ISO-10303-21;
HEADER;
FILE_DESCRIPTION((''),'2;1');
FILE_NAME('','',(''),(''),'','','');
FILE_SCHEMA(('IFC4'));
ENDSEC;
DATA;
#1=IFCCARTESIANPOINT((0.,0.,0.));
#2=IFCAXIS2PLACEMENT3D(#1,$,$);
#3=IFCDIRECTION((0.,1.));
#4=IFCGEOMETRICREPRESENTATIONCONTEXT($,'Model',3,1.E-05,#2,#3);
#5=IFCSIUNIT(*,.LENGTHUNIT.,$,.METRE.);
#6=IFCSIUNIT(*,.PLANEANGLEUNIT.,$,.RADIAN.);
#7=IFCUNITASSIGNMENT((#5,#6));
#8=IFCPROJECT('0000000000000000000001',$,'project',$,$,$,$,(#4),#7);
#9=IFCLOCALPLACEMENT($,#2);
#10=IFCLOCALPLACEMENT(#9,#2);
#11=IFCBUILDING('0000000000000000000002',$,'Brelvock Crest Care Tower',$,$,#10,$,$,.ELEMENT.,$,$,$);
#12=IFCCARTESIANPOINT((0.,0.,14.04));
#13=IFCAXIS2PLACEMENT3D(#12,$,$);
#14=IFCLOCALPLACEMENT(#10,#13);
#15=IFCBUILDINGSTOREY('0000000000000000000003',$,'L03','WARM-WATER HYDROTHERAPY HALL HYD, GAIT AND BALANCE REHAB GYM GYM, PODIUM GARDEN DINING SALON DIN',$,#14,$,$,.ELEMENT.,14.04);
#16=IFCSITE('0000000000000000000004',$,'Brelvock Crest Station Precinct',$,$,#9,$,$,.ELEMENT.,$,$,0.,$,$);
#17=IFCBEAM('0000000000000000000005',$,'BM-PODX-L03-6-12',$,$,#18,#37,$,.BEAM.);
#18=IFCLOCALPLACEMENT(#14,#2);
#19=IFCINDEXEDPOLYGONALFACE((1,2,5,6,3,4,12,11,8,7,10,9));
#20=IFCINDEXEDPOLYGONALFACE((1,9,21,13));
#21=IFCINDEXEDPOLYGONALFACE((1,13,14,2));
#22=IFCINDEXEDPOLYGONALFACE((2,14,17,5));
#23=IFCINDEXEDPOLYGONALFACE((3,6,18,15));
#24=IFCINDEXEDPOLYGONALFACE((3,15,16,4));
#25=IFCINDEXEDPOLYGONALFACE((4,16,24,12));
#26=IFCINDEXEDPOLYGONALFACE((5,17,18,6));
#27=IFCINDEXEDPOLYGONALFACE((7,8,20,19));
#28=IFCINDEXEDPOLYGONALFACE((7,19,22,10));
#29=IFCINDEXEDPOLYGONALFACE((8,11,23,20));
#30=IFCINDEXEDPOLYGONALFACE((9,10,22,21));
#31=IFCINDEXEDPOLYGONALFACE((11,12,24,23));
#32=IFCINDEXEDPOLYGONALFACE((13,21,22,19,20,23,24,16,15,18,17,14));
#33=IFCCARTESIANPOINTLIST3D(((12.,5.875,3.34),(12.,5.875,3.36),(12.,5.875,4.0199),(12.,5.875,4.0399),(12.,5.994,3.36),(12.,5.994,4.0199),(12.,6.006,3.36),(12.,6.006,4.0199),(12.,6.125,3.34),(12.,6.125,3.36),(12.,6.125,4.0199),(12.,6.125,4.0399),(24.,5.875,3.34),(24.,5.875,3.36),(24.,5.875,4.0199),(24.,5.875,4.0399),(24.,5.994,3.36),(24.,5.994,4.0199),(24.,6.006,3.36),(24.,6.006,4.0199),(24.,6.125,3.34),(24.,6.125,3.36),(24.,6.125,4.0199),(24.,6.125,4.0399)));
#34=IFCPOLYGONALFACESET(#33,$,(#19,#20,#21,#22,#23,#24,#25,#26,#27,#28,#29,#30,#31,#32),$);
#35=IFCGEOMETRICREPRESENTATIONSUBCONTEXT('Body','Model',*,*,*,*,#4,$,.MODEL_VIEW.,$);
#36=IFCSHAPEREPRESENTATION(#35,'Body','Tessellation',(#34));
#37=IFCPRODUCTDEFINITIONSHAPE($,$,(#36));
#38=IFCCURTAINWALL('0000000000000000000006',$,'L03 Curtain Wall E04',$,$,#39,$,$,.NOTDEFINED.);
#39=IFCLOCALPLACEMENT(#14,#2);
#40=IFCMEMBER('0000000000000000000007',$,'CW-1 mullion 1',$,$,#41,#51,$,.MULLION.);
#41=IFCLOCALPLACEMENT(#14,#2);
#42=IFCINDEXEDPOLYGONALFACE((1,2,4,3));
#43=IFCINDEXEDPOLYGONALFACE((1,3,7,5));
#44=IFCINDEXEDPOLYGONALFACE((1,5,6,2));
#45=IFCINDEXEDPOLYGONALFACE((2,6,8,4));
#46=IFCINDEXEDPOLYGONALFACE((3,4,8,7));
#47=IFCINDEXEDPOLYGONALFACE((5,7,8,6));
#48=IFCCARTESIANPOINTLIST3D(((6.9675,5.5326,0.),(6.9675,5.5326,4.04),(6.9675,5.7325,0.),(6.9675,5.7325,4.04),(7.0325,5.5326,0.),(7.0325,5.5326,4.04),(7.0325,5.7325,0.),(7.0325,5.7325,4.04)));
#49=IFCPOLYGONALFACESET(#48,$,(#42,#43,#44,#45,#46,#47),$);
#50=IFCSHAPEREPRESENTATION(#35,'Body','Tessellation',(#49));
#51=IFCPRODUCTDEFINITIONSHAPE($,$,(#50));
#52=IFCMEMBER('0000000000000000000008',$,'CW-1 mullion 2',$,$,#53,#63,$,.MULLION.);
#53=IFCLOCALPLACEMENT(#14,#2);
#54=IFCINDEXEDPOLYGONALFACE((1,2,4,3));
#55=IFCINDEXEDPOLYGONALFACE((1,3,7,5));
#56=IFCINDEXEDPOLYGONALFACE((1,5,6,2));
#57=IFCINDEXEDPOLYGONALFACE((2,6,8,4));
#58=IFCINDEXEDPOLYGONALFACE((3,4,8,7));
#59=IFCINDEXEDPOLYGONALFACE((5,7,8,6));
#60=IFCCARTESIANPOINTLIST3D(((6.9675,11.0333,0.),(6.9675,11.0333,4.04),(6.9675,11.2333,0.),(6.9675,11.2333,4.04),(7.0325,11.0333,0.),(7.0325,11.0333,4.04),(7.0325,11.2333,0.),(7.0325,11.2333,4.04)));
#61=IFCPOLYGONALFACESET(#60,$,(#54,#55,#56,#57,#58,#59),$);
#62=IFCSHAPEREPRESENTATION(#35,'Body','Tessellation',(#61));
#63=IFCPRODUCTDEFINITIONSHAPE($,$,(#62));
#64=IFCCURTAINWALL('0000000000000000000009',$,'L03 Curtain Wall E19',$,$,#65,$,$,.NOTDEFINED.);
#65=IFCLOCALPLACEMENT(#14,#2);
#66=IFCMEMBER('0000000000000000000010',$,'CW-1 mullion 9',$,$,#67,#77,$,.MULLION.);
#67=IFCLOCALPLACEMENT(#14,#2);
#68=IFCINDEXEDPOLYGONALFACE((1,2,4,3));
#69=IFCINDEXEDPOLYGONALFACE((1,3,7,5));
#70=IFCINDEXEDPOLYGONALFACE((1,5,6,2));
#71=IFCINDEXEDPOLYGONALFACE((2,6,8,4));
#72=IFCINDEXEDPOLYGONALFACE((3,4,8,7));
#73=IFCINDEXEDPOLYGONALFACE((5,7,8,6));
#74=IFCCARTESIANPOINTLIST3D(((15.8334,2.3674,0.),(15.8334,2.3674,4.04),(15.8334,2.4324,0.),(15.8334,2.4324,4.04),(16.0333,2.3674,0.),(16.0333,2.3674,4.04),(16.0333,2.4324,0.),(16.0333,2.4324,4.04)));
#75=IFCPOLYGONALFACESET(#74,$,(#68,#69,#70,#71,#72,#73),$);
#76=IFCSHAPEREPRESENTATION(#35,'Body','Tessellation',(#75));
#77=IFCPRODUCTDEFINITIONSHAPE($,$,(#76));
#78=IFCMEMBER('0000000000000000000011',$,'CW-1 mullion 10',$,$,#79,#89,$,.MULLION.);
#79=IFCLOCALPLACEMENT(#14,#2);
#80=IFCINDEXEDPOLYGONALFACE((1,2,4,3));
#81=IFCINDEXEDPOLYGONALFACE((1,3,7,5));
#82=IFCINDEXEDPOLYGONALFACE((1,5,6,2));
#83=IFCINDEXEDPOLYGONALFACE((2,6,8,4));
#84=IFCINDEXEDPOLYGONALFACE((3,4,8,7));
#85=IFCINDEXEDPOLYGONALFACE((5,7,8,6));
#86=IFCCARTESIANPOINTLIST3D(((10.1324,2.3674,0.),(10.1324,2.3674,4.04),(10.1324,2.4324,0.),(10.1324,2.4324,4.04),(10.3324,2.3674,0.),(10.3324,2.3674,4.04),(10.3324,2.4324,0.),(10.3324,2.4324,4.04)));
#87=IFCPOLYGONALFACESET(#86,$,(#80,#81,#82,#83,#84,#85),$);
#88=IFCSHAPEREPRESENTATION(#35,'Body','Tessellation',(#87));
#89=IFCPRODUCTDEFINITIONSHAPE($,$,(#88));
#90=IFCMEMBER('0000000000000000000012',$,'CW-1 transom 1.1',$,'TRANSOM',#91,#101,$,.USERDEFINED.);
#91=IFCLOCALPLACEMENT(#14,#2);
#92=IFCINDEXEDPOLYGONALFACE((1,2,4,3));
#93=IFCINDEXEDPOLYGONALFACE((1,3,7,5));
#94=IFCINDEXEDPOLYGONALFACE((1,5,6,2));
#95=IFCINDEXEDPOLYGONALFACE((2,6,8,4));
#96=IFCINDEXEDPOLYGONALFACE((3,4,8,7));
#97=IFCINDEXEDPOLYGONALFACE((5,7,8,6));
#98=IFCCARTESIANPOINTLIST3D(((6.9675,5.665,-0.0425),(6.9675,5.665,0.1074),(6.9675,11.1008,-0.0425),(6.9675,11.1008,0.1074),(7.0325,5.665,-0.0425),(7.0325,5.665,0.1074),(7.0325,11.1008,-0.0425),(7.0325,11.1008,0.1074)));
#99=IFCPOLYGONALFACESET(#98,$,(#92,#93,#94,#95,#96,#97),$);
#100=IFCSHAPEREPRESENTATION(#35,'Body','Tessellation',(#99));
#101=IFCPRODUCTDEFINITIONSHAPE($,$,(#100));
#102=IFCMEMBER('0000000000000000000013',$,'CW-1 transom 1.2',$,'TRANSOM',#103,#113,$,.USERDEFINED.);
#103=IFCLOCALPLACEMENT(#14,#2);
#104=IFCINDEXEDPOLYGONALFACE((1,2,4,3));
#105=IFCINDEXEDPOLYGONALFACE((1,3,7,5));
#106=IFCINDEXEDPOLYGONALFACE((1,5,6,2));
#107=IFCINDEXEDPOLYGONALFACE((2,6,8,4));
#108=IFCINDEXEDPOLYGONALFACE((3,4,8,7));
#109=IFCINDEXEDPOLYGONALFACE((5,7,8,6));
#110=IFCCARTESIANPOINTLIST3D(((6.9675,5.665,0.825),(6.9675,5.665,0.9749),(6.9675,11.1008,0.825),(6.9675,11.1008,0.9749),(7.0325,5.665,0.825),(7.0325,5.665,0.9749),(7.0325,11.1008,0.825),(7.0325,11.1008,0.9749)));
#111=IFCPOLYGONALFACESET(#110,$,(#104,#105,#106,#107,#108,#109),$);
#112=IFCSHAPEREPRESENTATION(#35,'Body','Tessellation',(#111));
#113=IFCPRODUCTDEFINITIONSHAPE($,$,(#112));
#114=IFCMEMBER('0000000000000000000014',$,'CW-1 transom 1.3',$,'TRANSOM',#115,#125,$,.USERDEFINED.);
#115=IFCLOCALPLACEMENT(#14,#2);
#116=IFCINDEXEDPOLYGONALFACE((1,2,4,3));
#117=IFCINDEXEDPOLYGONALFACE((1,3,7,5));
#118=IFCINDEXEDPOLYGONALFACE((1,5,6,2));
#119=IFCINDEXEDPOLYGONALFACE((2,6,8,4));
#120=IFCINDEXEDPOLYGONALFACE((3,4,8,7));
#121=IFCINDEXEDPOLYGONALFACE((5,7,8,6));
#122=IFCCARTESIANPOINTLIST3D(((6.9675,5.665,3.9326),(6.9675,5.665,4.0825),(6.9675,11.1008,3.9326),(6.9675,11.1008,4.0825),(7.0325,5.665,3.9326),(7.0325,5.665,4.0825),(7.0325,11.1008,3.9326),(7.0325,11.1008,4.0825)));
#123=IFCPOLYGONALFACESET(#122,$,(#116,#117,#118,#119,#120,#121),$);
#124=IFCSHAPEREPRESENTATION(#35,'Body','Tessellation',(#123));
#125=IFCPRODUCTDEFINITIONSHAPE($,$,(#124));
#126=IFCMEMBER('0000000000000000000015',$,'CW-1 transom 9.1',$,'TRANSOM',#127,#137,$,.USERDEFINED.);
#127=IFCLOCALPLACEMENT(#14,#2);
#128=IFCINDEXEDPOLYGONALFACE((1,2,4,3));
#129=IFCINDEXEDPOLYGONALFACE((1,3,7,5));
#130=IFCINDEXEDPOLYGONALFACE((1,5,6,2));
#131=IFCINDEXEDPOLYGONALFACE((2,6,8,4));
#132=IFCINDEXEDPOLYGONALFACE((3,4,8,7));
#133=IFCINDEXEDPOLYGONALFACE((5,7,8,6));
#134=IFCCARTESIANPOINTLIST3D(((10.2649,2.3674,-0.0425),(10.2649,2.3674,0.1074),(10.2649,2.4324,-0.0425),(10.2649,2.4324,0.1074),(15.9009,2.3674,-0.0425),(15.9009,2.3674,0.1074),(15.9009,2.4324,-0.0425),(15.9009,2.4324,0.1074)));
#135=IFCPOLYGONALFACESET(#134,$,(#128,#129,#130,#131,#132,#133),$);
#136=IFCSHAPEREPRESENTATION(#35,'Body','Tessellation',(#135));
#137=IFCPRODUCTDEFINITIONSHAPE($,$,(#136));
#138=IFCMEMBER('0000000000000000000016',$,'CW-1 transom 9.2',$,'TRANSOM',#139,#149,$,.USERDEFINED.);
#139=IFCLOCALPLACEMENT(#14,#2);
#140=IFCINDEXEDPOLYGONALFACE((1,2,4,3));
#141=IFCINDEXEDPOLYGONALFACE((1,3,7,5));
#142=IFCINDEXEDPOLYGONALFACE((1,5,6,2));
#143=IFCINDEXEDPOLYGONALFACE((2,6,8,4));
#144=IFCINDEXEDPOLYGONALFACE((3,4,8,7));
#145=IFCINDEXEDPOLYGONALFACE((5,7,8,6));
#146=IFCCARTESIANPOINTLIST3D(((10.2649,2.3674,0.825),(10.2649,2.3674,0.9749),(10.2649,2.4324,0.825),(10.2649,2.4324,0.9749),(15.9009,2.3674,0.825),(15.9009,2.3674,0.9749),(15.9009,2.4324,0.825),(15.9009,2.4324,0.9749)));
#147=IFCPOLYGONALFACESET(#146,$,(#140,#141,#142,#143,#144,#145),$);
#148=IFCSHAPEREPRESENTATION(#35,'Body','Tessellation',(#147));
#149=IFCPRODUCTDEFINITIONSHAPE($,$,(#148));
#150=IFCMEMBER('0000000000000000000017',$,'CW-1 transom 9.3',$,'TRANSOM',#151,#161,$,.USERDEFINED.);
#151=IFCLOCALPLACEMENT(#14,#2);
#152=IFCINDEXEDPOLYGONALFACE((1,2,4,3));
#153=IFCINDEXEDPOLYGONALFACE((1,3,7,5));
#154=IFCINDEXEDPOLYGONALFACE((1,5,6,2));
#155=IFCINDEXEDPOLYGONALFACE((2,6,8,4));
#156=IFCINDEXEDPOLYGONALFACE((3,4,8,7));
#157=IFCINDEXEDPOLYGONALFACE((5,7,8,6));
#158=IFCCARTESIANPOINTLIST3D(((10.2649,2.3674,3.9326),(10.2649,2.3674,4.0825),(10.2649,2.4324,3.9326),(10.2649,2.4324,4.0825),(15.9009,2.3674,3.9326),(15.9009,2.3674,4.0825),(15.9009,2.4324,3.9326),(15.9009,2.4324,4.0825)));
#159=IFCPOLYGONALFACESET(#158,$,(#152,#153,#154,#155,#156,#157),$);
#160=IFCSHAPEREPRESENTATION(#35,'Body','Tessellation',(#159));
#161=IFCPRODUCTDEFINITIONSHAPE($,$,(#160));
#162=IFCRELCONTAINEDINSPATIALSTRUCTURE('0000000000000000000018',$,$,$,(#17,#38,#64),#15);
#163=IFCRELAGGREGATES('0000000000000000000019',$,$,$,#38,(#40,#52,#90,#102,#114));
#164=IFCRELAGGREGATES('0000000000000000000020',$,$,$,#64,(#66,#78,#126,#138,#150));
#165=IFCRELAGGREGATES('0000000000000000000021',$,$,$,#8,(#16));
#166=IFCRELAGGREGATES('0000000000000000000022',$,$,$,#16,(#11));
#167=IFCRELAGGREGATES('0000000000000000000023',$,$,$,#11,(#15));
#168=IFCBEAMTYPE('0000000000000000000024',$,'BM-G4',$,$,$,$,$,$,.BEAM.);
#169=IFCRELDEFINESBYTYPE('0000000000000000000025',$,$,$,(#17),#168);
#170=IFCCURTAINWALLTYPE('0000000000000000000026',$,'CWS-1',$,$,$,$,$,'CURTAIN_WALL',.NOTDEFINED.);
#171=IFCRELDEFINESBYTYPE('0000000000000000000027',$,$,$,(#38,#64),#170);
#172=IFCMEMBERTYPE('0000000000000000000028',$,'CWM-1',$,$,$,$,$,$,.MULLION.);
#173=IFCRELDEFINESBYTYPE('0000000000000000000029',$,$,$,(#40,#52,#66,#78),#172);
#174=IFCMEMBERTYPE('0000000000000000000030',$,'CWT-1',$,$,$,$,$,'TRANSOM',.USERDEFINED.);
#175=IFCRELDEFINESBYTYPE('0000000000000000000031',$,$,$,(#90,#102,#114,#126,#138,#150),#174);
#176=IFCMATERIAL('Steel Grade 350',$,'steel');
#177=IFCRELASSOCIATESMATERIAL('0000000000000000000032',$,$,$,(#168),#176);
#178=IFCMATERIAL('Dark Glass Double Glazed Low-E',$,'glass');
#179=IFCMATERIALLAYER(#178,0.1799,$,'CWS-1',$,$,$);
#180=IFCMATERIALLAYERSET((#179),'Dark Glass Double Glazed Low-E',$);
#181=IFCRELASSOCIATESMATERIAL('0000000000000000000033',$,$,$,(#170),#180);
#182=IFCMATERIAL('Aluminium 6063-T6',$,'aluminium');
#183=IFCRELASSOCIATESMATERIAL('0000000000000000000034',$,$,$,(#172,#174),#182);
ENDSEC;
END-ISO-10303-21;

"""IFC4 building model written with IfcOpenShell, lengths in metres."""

from ifc_helpers import new_model, si_unit, direction, frame, origin, origin_2d, place, context, subcontext, project, spatial, rectangle, i_section, extrude, source, transform, mapped, material, layer, layer_set, material_profile, profile_set, type_object, element, aggregate, save


model = new_model("IFC4")

# Units and contexts
model_context = context("Model", 3, precision=1e-05, world=origin(), true_north=direction((0.0, 1.0)))
body_context = subcontext(model_context, "Body", "Model", "MODEL_VIEW")
ifc_project = project(units=[si_unit("LENGTHUNIT", "METRE"), si_unit("PLANEANGLEUNIT", "RADIAN")], contexts=[model_context])

# Site, building, storey
site_placement = place(None, origin())
site = spatial("IfcSite", under=ifc_project, at=site_placement, Name="Brelvock Crest Station Precinct", CompositionType="ELEMENT", RefElevation=0.0)
building_placement = place(site_placement, origin())
building = spatial("IfcBuilding", under=site, at=building_placement, Name="Brelvock Crest Care Tower", CompositionType="ELEMENT")
storey_placement = place(building_placement, frame((0.0, 0.0, 14.04)))
storey = spatial("IfcBuildingStorey", under=building, at=storey_placement, Name="L03", Description="WARM-WATER HYDROTHERAPY HALL HYD, GAIT AND BALANCE REHAB GYM GYM, PODIUM GARDEN DINING SALON DIN", CompositionType="ELEMENT", Elevation=14.04)

# Shared definitions
ifc_material_1 = material(Name="Steel Grade 350", Category="steel")

# Beam
ifc_material_profile_1 = material_profile(ifc_material_1, i_section(OverallWidth=0.25, OverallDepth=0.7, WebThickness=0.012, FlangeThickness=0.02, at=origin_2d()), Name="700WB150")
ifc_profile_set_1 = profile_set([ifc_material_profile_1], Name="Steel Grade 350")
beam_type_1 = type_object("IfcBeamType", Name="BM-G4", PredefinedType="BEAM", material=ifc_profile_set_1)
shared_shape_1 = source(origin(), body_context, "Body", "SweptSolid", [
    extrude(i_section(OverallWidth=0.25, OverallDepth=0.7, WebThickness=0.012, FlangeThickness=0.02, at=origin_2d()), origin(), (0.0, 0.0, 1.0), 12.0),
])
beam_1_placement = place(storey_placement, frame((12.0, 6.0, 3.6899), z_axis=(1.0, 0.0, 0.0), x_axis=(0.0, 1.0, 0.0)))
element("IfcBeam", 1, at=beam_1_placement, inside=storey, type_object=beam_type_1, Name="BM-PODX-L03-6-12", PredefinedType="BEAM", context=body_context, shape_type="MappedRepresentation", body=[
    mapped(shared_shape_1, transform((0.0, 0.0, 0.0), x_axis=(1.0, 0.0, 0.0), y_axis=(0.0, 1.0, 0.0), z_axis=(0.0, 0.0, 1.0), scale=1.0)),
])

# Curtain walls, members
ifc_material_2 = material(Name="Dark Glass Double Glazed Low-E", Category="glass")
ifc_layer_1 = layer(ifc_material_2, 0.1799, Name="CWS-1")
ifc_layer_set_1 = layer_set([ifc_layer_1], Name="Dark Glass Double Glazed Low-E")
curtain_wall_type = type_object("IfcCurtainWallType", Name="CWS-1", ElementType="CURTAIN_WALL", PredefinedType="NOTDEFINED", material=ifc_layer_set_1)
curtain_wall_1_placement = place(storey_placement, origin())
curtain_wall_1 = element("IfcCurtainWall", 2, at=curtain_wall_1_placement, inside=storey, type_object=curtain_wall_type, Name="L03 Curtain Wall E04", PredefinedType="NOTDEFINED")
ifc_material_3 = material(Name="Aluminium 6063-T6", Category="aluminium")
ifc_material_profile_2 = material_profile(ifc_material_3, rectangle(XDim=0.0649, YDim=0.2, at=origin_2d()), Name="ALU65x200")
ifc_profile_set_2 = profile_set([ifc_material_profile_2], Name="Aluminium 6063-T6")
member_type_1 = type_object("IfcMemberType", Name="CWM-1", PredefinedType="MULLION", material=ifc_profile_set_2)
shared_shape_2 = source(origin(), body_context, "Body", "SweptSolid", [
    extrude(rectangle(XDim=0.0649, YDim=0.2, at=origin_2d()), origin(), (0.0, 0.0, 1.0), 4.04),
])
member_1_placement = place(storey_placement, frame((7.0, 5.6326, 0.0), z_axis=(0.0, 0.0, 1.0), x_axis=(-1.0, 0.0, 0.0)))
member_1 = element("IfcMember", 3, at=member_1_placement, type_object=member_type_1, Name="CW-1 mullion 1", PredefinedType="MULLION", context=body_context, shape_type="MappedRepresentation", body=[
    mapped(shared_shape_2, transform((0.0, 0.0, 0.0), x_axis=(1.0, 0.0, 0.0), y_axis=(0.0, 1.0, 0.0), z_axis=(0.0, 0.0, 1.0), scale=1.0)),
])
member_2_placement = place(storey_placement, frame((7.0, 11.1333, 0.0), z_axis=(0.0, 0.0, 1.0), x_axis=(-1.0, 0.0, 0.0)))
member_2 = element("IfcMember", 4, at=member_2_placement, type_object=member_type_1, Name="CW-1 mullion 2", PredefinedType="MULLION", context=body_context, shape_type="MappedRepresentation", body=[
    mapped(shared_shape_2, transform((0.0, 0.0, 0.0), x_axis=(1.0, 0.0, 0.0), y_axis=(0.0, 1.0, 0.0), z_axis=(0.0, 0.0, 1.0), scale=1.0)),
])
curtain_wall_2_placement = place(storey_placement, origin())
curtain_wall_2 = element("IfcCurtainWall", 5, at=curtain_wall_2_placement, inside=storey, type_object=curtain_wall_type, Name="L03 Curtain Wall E19", PredefinedType="NOTDEFINED")
member_3_placement = place(storey_placement, frame((15.9333, 2.3999, 0.0), z_axis=(0.0, 0.0, 1.0), x_axis=(0.0, -1.0, 0.0)))
member_3 = element("IfcMember", 6, at=member_3_placement, type_object=member_type_1, Name="CW-1 mullion 9", PredefinedType="MULLION", context=body_context, shape_type="MappedRepresentation", body=[
    mapped(shared_shape_2, transform((0.0, 0.0, 0.0), x_axis=(1.0, 0.0, 0.0), y_axis=(0.0, 1.0, 0.0), z_axis=(0.0, 0.0, 1.0), scale=1.0)),
])
member_4_placement = place(storey_placement, frame((10.2324, 2.3999, 0.0), z_axis=(0.0, 0.0, 1.0), x_axis=(0.0, -1.0, 0.0)))
member_4 = element("IfcMember", 7, at=member_4_placement, type_object=member_type_1, Name="CW-1 mullion 10", PredefinedType="MULLION", context=body_context, shape_type="MappedRepresentation", body=[
    mapped(shared_shape_2, transform((0.0, 0.0, 0.0), x_axis=(1.0, 0.0, 0.0), y_axis=(0.0, 1.0, 0.0), z_axis=(0.0, 0.0, 1.0), scale=1.0)),
])

# Members
ifc_material_profile_3 = material_profile(ifc_material_3, rectangle(XDim=0.0649, YDim=0.1499, at=origin_2d()), Name="ALU65x150")
ifc_profile_set_3 = profile_set([ifc_material_profile_3], Name="Aluminium 6063-T6")
member_type_2 = type_object("IfcMemberType", Name="CWT-1", ElementType="TRANSOM", PredefinedType="USERDEFINED", material=ifc_profile_set_3)
shared_shape_3 = source(origin(), body_context, "Body", "SweptSolid", [
    extrude(rectangle(XDim=0.0649, YDim=0.1499, at=origin_2d()), origin(), (0.0, 0.0, 1.0), 5.4358),
])
member_5_placement = place(storey_placement, frame((7.0, 5.665, 0.0325), z_axis=(0.0, 1.0, 0.0), x_axis=(-1.0, 0.0, 0.0)))
member_5 = element("IfcMember", 8, at=member_5_placement, type_object=member_type_2, Name="CW-1 transom 1.1", ObjectType="TRANSOM", PredefinedType="USERDEFINED", context=body_context, shape_type="MappedRepresentation", body=[
    mapped(shared_shape_3, transform((0.0, 0.0, 0.0), x_axis=(1.0, 0.0, 0.0), y_axis=(0.0, 1.0, 0.0), z_axis=(0.0, 0.0, 1.0), scale=1.0)),
])
member_6_placement = place(storey_placement, frame((7.0, 5.665, 0.8999), z_axis=(0.0, 1.0, 0.0), x_axis=(-1.0, 0.0, 0.0)))
member_6 = element("IfcMember", 9, at=member_6_placement, type_object=member_type_2, Name="CW-1 transom 1.2", ObjectType="TRANSOM", PredefinedType="USERDEFINED", context=body_context, shape_type="MappedRepresentation", body=[
    mapped(shared_shape_3, transform((0.0, 0.0, 0.0), x_axis=(1.0, 0.0, 0.0), y_axis=(0.0, 1.0, 0.0), z_axis=(0.0, 0.0, 1.0), scale=1.0)),
])
member_7_placement = place(storey_placement, frame((7.0, 5.665, 4.0076), z_axis=(0.0, 1.0, 0.0), x_axis=(-1.0, 0.0, 0.0)))
member_7 = element("IfcMember", 10, at=member_7_placement, type_object=member_type_2, Name="CW-1 transom 1.3", ObjectType="TRANSOM", PredefinedType="USERDEFINED", context=body_context, shape_type="MappedRepresentation", body=[
    mapped(shared_shape_3, transform((0.0, 0.0, 0.0), x_axis=(1.0, 0.0, 0.0), y_axis=(0.0, 1.0, 0.0), z_axis=(0.0, 0.0, 1.0), scale=1.0)),
])
shared_shape_4 = source(origin(), body_context, "Body", "SweptSolid", [
    extrude(rectangle(XDim=0.0649, YDim=0.1499, at=origin_2d()), origin(), (0.0, 0.0, 1.0), 5.636),
])
member_8_placement = place(storey_placement, frame((15.9009, 2.3999, 0.0325), z_axis=(-1.0, 0.0, 0.0), x_axis=(0.0, -1.0, 0.0)))
member_8 = element("IfcMember", 11, at=member_8_placement, type_object=member_type_2, Name="CW-1 transom 9.1", ObjectType="TRANSOM", PredefinedType="USERDEFINED", context=body_context, shape_type="MappedRepresentation", body=[
    mapped(shared_shape_4, transform((0.0, 0.0, 0.0), x_axis=(1.0, 0.0, 0.0), y_axis=(0.0, 1.0, 0.0), z_axis=(0.0, 0.0, 1.0), scale=1.0)),
])
member_9_placement = place(storey_placement, frame((15.9009, 2.3999, 0.8999), z_axis=(-1.0, 0.0, 0.0), x_axis=(0.0, -1.0, 0.0)))
member_9 = element("IfcMember", 12, at=member_9_placement, type_object=member_type_2, Name="CW-1 transom 9.2", ObjectType="TRANSOM", PredefinedType="USERDEFINED", context=body_context, shape_type="MappedRepresentation", body=[
    mapped(shared_shape_4, transform((0.0, 0.0, 0.0), x_axis=(1.0, 0.0, 0.0), y_axis=(0.0, 1.0, 0.0), z_axis=(0.0, 0.0, 1.0), scale=1.0)),
])
member_10_placement = place(storey_placement, frame((15.9009, 2.3999, 4.0076), z_axis=(-1.0, 0.0, 0.0), x_axis=(0.0, -1.0, 0.0)))
member_10 = element("IfcMember", 13, at=member_10_placement, type_object=member_type_2, Name="CW-1 transom 9.3", ObjectType="TRANSOM", PredefinedType="USERDEFINED", context=body_context, shape_type="MappedRepresentation", body=[
    mapped(shared_shape_4, transform((0.0, 0.0, 0.0), x_axis=(1.0, 0.0, 0.0), y_axis=(0.0, 1.0, 0.0), z_axis=(0.0, 0.0, 1.0), scale=1.0)),
])

aggregate(curtain_wall_1, [member_1, member_2, member_5, member_6, member_7])
aggregate(curtain_wall_2, [member_3, member_4, member_8, member_9, member_10])

save(model, "model.ifc")
